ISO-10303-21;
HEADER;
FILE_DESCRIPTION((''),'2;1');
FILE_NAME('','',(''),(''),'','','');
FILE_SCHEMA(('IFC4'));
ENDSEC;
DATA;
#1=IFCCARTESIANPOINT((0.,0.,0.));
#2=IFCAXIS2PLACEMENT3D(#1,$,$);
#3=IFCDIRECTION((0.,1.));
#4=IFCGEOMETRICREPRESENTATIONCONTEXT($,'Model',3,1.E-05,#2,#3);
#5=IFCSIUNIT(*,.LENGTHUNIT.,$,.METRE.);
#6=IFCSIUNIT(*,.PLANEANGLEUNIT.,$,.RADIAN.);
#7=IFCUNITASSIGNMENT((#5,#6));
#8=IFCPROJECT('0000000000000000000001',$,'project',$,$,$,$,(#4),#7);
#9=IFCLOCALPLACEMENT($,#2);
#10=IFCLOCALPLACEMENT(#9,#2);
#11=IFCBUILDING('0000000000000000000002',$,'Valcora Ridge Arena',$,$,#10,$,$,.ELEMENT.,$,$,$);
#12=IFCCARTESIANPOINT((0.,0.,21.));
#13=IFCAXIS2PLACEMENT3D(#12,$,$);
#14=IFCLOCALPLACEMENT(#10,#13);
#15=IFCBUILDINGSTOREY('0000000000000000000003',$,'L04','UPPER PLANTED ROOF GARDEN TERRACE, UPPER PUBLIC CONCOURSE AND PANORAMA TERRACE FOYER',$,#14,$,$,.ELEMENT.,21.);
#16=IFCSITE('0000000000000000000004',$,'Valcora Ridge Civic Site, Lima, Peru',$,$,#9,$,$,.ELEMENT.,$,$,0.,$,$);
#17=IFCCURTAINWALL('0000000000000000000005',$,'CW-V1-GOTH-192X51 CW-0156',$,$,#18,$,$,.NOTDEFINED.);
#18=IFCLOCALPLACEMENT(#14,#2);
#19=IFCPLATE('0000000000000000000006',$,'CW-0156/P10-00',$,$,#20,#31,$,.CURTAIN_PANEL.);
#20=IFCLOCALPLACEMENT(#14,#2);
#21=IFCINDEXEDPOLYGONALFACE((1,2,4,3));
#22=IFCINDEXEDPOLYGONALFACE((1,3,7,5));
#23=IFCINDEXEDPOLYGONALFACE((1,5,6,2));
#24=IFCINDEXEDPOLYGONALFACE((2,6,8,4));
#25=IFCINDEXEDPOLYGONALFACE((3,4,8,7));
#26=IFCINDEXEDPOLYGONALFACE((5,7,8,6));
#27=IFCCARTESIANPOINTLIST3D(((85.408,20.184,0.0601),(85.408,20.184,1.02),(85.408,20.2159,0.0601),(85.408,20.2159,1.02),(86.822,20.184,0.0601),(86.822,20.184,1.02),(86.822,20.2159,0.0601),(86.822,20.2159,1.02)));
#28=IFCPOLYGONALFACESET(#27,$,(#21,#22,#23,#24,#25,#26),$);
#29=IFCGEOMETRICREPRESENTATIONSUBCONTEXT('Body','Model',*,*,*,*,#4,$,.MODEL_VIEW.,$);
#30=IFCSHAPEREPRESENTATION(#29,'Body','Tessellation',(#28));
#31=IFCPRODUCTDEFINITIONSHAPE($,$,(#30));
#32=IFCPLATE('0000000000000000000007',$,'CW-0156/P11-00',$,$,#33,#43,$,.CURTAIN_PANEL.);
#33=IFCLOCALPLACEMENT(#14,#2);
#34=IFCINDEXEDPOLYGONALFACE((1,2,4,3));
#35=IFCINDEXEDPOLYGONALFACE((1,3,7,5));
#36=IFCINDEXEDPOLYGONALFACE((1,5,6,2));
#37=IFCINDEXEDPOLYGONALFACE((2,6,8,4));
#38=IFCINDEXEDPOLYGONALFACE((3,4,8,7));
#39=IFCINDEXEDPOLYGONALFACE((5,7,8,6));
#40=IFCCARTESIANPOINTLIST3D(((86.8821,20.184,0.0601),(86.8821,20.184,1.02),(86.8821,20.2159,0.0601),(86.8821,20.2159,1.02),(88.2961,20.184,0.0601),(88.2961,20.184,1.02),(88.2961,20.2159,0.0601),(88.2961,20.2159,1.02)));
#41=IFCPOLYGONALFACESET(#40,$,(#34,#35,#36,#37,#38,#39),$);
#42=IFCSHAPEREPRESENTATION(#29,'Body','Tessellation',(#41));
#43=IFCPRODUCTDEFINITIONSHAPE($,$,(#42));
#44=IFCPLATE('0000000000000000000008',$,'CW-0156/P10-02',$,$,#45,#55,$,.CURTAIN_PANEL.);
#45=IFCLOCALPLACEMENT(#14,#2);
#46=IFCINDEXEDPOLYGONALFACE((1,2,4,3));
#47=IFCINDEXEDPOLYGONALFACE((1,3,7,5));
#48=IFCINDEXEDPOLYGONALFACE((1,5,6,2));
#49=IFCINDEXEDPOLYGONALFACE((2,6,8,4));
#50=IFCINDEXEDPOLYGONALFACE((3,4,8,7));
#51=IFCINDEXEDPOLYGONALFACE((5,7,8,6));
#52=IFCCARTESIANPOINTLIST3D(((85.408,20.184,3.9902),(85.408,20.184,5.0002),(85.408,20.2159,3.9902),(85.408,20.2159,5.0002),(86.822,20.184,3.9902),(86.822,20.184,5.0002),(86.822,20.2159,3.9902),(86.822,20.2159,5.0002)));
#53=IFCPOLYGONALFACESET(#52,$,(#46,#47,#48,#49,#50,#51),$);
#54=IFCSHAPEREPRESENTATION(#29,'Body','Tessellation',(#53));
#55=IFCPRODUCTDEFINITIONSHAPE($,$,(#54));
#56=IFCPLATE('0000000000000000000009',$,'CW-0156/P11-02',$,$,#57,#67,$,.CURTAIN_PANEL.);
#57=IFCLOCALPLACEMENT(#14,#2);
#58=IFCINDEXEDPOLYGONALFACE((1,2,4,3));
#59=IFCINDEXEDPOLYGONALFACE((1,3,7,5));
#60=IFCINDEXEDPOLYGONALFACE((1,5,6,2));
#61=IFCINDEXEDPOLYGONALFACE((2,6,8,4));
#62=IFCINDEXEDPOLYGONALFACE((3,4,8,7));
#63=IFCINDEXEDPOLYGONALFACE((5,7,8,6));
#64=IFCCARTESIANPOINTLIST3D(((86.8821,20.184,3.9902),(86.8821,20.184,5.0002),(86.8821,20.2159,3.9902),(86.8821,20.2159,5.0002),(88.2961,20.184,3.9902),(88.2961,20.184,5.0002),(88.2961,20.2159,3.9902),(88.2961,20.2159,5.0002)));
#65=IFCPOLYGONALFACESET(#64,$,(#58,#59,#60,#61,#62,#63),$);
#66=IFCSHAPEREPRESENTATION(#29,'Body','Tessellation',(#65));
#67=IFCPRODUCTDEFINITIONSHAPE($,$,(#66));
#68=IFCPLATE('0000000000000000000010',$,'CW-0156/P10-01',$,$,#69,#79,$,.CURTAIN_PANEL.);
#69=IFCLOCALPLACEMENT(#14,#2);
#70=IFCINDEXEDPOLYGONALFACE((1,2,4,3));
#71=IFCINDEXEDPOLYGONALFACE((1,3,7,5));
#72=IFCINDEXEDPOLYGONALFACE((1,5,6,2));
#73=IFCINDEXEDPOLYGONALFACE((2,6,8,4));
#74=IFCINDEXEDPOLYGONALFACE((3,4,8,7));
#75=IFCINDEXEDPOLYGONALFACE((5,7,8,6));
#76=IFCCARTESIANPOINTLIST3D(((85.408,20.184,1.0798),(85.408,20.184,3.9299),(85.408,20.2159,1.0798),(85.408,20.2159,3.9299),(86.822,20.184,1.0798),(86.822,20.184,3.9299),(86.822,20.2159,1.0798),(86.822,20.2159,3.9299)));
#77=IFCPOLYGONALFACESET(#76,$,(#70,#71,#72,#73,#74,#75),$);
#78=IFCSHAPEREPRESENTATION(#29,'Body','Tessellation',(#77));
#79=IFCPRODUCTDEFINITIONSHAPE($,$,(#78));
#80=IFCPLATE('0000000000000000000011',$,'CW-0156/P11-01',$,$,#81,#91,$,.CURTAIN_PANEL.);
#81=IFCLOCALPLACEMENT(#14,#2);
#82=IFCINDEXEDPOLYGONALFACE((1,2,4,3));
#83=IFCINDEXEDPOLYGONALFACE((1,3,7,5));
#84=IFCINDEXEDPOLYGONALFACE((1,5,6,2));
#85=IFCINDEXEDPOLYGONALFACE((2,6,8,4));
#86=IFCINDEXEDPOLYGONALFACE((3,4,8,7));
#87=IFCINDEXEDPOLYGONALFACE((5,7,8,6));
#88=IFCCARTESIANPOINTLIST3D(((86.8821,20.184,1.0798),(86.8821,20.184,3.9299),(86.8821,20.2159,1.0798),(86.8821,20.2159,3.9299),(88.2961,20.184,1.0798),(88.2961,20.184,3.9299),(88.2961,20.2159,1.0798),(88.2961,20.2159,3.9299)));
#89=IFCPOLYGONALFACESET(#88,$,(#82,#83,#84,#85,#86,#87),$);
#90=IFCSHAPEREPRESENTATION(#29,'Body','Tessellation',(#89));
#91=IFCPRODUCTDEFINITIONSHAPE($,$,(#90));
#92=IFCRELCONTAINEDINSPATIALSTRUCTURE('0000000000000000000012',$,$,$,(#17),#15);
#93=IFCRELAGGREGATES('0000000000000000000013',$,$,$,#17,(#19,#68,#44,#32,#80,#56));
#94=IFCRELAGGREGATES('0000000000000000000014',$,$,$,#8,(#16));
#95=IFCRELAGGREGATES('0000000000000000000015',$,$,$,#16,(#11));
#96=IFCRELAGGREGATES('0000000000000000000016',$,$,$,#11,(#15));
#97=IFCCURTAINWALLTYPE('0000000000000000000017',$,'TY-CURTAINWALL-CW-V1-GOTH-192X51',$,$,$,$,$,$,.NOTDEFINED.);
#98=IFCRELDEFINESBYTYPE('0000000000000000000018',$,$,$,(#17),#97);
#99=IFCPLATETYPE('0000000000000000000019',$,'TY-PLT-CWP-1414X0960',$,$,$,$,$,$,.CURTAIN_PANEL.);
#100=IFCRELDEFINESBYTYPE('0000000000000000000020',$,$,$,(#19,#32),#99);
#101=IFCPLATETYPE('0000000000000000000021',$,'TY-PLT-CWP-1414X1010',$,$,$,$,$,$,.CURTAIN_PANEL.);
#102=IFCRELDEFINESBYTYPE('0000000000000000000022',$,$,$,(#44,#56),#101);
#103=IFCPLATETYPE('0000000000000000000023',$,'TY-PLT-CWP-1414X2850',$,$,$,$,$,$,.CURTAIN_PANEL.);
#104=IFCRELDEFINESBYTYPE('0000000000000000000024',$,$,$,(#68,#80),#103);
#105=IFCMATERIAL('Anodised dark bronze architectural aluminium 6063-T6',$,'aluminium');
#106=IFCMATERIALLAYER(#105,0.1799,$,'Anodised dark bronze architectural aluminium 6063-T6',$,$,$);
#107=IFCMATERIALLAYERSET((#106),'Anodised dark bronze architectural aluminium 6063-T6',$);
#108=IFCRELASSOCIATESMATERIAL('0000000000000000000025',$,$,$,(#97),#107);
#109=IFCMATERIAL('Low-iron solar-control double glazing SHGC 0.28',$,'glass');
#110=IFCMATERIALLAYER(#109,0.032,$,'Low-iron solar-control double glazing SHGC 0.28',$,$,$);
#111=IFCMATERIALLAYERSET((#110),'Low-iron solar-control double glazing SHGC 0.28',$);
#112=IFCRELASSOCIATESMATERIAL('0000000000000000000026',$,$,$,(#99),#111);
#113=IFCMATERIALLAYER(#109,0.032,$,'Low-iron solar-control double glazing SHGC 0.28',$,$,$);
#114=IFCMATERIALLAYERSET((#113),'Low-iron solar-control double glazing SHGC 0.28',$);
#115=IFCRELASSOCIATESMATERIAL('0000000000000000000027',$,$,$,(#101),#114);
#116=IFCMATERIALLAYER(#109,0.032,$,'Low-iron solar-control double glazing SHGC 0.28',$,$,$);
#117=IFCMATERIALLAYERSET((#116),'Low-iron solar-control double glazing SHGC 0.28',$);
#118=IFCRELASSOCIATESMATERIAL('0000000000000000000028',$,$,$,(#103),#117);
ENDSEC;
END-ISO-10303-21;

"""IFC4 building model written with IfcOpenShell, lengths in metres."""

from ifc_helpers import new_model, si_unit, direction, frame, origin, origin_2d, place, context, subcontext, project, spatial, rectangle, extrude, material, layer, layer_set, type_object, element, aggregate, save


model = new_model("IFC4")

# Units and contexts
model_context = context("Model", 3, precision=1e-05, world=origin(), true_north=direction((0.0, 1.0)))
body_context = subcontext(model_context, "Body", "Model", "MODEL_VIEW")
ifc_project = project(units=[si_unit("LENGTHUNIT", "METRE"), si_unit("PLANEANGLEUNIT", "RADIAN")], contexts=[model_context])

# Site, building, storey
site_placement = place(None, origin())
site = spatial("IfcSite", under=ifc_project, at=site_placement, Name="Valcora Ridge Civic Site, Lima, Peru", CompositionType="ELEMENT", RefElevation=0.0)
building_placement = place(site_placement, origin())
building = spatial("IfcBuilding", under=site, at=building_placement, Name="Valcora Ridge Arena", CompositionType="ELEMENT")
storey_placement = place(building_placement, frame((0.0, 0.0, 21.0)))
storey = spatial("IfcBuildingStorey", under=building, at=storey_placement, Name="L04", Description="UPPER PLANTED ROOF GARDEN TERRACE, UPPER PUBLIC CONCOURSE AND PANORAMA TERRACE FOYER", CompositionType="ELEMENT", Elevation=21.0)

# Curtain wall, plates
ifc_material_1 = material(Name="Anodised dark bronze architectural aluminium 6063-T6", Category="aluminium")
ifc_layer_1 = layer(ifc_material_1, 0.1799, Name="Anodised dark bronze architectural aluminium 6063-T6")
ifc_layer_set_1 = layer_set([ifc_layer_1], Name="Anodised dark bronze architectural aluminium 6063-T6")
curtain_wall_type = type_object("IfcCurtainWallType", Name="TY-CURTAINWALL-CW-V1-GOTH-192X51", PredefinedType="NOTDEFINED", material=ifc_layer_set_1)
curtain_wall_placement = place(storey_placement, origin())
curtain_wall = element("IfcCurtainWall", 1, at=curtain_wall_placement, inside=storey, type_object=curtain_wall_type, Name="CW-V1-GOTH-192X51 CW-0156", PredefinedType="NOTDEFINED")
ifc_material_2 = material(Name="Low-iron solar-control double glazing SHGC 0.28", Category="glass")
ifc_layer_2 = layer(ifc_material_2, 0.032, Name="Low-iron solar-control double glazing SHGC 0.28")
ifc_layer_set_2 = layer_set([ifc_layer_2], Name="Low-iron solar-control double glazing SHGC 0.28")
plate_type_1 = type_object("IfcPlateType", Name="TY-PLT-CWP-1414X0960", PredefinedType="CURTAIN_PANEL", material=ifc_layer_set_2)
plate_1_placement = place(storey_placement, frame((86.115, 20.2, 0.0601), z_axis=(0.0, 0.0, 1.0), x_axis=(1.0, 0.0, 0.0)))
plate_1 = element("IfcPlate", 2, at=plate_1_placement, type_object=plate_type_1, Name="CW-0156/P10-00", PredefinedType="CURTAIN_PANEL", context=body_context, shape_type="SweptSolid", body=[
    extrude(rectangle(XDim=1.4141, YDim=0.032, at=origin_2d()), origin(), (0.0, 0.0, 1.0), 0.96),
])
plate_2_placement = place(storey_placement, frame((87.5891, 20.2, 0.0601), z_axis=(0.0, 0.0, 1.0), x_axis=(1.0, 0.0, 0.0)))
plate_2 = element("IfcPlate", 3, at=plate_2_placement, type_object=plate_type_1, Name="CW-0156/P11-00", PredefinedType="CURTAIN_PANEL", context=body_context, shape_type="SweptSolid", body=[
    extrude(rectangle(XDim=1.4141, YDim=0.032, at=origin_2d()), origin(), (0.0, 0.0, 1.0), 0.96),
])
ifc_layer_3 = layer(ifc_material_2, 0.032, Name="Low-iron solar-control double glazing SHGC 0.28")
ifc_layer_set_3 = layer_set([ifc_layer_3], Name="Low-iron solar-control double glazing SHGC 0.28")
plate_type_2 = type_object("IfcPlateType", Name="TY-PLT-CWP-1414X1010", PredefinedType="CURTAIN_PANEL", material=ifc_layer_set_3)
plate_3_placement = place(storey_placement, frame((86.115, 20.2, 3.9902), z_axis=(0.0, 0.0, 1.0), x_axis=(1.0, 0.0, 0.0)))
plate_3 = element("IfcPlate", 4, at=plate_3_placement, type_object=plate_type_2, Name="CW-0156/P10-02", PredefinedType="CURTAIN_PANEL", context=body_context, shape_type="SweptSolid", body=[
    extrude(rectangle(XDim=1.4141, YDim=0.032, at=origin_2d()), origin(), (0.0, 0.0, 1.0), 1.01),
])
plate_4_placement = place(storey_placement, frame((87.5891, 20.2, 3.9902), z_axis=(0.0, 0.0, 1.0), x_axis=(1.0, 0.0, 0.0)))
plate_4 = element("IfcPlate", 5, at=plate_4_placement, type_object=plate_type_2, Name="CW-0156/P11-02", PredefinedType="CURTAIN_PANEL", context=body_context, shape_type="SweptSolid", body=[
    extrude(rectangle(XDim=1.4141, YDim=0.032, at=origin_2d()), origin(), (0.0, 0.0, 1.0), 1.01),
])
ifc_layer_4 = layer(ifc_material_2, 0.032, Name="Low-iron solar-control double glazing SHGC 0.28")
ifc_layer_set_4 = layer_set([ifc_layer_4], Name="Low-iron solar-control double glazing SHGC 0.28")
plate_type_3 = type_object("IfcPlateType", Name="TY-PLT-CWP-1414X2850", PredefinedType="CURTAIN_PANEL", material=ifc_layer_set_4)
plate_5_placement = place(storey_placement, frame((86.115, 20.2, 1.0798), z_axis=(0.0, 0.0, 1.0), x_axis=(1.0, 0.0, 0.0)))
plate_5 = element("IfcPlate", 6, at=plate_5_placement, type_object=plate_type_3, Name="CW-0156/P10-01", PredefinedType="CURTAIN_PANEL", context=body_context, shape_type="SweptSolid", body=[
    extrude(rectangle(XDim=1.4141, YDim=0.032, at=origin_2d()), origin(), (0.0, 0.0, 1.0), 2.8501),
])
plate_6_placement = place(storey_placement, frame((87.5891, 20.2, 1.0798), z_axis=(0.0, 0.0, 1.0), x_axis=(1.0, 0.0, 0.0)))
plate_6 = element("IfcPlate", 7, at=plate_6_placement, type_object=plate_type_3, Name="CW-0156/P11-01", PredefinedType="CURTAIN_PANEL", context=body_context, shape_type="SweptSolid", body=[
    extrude(rectangle(XDim=1.4141, YDim=0.032, at=origin_2d()), origin(), (0.0, 0.0, 1.0), 2.8501),
])
aggregate(curtain_wall, [plate_1, plate_5, plate_3, plate_2, plate_6, plate_4])

save(model, "model.ifc")
